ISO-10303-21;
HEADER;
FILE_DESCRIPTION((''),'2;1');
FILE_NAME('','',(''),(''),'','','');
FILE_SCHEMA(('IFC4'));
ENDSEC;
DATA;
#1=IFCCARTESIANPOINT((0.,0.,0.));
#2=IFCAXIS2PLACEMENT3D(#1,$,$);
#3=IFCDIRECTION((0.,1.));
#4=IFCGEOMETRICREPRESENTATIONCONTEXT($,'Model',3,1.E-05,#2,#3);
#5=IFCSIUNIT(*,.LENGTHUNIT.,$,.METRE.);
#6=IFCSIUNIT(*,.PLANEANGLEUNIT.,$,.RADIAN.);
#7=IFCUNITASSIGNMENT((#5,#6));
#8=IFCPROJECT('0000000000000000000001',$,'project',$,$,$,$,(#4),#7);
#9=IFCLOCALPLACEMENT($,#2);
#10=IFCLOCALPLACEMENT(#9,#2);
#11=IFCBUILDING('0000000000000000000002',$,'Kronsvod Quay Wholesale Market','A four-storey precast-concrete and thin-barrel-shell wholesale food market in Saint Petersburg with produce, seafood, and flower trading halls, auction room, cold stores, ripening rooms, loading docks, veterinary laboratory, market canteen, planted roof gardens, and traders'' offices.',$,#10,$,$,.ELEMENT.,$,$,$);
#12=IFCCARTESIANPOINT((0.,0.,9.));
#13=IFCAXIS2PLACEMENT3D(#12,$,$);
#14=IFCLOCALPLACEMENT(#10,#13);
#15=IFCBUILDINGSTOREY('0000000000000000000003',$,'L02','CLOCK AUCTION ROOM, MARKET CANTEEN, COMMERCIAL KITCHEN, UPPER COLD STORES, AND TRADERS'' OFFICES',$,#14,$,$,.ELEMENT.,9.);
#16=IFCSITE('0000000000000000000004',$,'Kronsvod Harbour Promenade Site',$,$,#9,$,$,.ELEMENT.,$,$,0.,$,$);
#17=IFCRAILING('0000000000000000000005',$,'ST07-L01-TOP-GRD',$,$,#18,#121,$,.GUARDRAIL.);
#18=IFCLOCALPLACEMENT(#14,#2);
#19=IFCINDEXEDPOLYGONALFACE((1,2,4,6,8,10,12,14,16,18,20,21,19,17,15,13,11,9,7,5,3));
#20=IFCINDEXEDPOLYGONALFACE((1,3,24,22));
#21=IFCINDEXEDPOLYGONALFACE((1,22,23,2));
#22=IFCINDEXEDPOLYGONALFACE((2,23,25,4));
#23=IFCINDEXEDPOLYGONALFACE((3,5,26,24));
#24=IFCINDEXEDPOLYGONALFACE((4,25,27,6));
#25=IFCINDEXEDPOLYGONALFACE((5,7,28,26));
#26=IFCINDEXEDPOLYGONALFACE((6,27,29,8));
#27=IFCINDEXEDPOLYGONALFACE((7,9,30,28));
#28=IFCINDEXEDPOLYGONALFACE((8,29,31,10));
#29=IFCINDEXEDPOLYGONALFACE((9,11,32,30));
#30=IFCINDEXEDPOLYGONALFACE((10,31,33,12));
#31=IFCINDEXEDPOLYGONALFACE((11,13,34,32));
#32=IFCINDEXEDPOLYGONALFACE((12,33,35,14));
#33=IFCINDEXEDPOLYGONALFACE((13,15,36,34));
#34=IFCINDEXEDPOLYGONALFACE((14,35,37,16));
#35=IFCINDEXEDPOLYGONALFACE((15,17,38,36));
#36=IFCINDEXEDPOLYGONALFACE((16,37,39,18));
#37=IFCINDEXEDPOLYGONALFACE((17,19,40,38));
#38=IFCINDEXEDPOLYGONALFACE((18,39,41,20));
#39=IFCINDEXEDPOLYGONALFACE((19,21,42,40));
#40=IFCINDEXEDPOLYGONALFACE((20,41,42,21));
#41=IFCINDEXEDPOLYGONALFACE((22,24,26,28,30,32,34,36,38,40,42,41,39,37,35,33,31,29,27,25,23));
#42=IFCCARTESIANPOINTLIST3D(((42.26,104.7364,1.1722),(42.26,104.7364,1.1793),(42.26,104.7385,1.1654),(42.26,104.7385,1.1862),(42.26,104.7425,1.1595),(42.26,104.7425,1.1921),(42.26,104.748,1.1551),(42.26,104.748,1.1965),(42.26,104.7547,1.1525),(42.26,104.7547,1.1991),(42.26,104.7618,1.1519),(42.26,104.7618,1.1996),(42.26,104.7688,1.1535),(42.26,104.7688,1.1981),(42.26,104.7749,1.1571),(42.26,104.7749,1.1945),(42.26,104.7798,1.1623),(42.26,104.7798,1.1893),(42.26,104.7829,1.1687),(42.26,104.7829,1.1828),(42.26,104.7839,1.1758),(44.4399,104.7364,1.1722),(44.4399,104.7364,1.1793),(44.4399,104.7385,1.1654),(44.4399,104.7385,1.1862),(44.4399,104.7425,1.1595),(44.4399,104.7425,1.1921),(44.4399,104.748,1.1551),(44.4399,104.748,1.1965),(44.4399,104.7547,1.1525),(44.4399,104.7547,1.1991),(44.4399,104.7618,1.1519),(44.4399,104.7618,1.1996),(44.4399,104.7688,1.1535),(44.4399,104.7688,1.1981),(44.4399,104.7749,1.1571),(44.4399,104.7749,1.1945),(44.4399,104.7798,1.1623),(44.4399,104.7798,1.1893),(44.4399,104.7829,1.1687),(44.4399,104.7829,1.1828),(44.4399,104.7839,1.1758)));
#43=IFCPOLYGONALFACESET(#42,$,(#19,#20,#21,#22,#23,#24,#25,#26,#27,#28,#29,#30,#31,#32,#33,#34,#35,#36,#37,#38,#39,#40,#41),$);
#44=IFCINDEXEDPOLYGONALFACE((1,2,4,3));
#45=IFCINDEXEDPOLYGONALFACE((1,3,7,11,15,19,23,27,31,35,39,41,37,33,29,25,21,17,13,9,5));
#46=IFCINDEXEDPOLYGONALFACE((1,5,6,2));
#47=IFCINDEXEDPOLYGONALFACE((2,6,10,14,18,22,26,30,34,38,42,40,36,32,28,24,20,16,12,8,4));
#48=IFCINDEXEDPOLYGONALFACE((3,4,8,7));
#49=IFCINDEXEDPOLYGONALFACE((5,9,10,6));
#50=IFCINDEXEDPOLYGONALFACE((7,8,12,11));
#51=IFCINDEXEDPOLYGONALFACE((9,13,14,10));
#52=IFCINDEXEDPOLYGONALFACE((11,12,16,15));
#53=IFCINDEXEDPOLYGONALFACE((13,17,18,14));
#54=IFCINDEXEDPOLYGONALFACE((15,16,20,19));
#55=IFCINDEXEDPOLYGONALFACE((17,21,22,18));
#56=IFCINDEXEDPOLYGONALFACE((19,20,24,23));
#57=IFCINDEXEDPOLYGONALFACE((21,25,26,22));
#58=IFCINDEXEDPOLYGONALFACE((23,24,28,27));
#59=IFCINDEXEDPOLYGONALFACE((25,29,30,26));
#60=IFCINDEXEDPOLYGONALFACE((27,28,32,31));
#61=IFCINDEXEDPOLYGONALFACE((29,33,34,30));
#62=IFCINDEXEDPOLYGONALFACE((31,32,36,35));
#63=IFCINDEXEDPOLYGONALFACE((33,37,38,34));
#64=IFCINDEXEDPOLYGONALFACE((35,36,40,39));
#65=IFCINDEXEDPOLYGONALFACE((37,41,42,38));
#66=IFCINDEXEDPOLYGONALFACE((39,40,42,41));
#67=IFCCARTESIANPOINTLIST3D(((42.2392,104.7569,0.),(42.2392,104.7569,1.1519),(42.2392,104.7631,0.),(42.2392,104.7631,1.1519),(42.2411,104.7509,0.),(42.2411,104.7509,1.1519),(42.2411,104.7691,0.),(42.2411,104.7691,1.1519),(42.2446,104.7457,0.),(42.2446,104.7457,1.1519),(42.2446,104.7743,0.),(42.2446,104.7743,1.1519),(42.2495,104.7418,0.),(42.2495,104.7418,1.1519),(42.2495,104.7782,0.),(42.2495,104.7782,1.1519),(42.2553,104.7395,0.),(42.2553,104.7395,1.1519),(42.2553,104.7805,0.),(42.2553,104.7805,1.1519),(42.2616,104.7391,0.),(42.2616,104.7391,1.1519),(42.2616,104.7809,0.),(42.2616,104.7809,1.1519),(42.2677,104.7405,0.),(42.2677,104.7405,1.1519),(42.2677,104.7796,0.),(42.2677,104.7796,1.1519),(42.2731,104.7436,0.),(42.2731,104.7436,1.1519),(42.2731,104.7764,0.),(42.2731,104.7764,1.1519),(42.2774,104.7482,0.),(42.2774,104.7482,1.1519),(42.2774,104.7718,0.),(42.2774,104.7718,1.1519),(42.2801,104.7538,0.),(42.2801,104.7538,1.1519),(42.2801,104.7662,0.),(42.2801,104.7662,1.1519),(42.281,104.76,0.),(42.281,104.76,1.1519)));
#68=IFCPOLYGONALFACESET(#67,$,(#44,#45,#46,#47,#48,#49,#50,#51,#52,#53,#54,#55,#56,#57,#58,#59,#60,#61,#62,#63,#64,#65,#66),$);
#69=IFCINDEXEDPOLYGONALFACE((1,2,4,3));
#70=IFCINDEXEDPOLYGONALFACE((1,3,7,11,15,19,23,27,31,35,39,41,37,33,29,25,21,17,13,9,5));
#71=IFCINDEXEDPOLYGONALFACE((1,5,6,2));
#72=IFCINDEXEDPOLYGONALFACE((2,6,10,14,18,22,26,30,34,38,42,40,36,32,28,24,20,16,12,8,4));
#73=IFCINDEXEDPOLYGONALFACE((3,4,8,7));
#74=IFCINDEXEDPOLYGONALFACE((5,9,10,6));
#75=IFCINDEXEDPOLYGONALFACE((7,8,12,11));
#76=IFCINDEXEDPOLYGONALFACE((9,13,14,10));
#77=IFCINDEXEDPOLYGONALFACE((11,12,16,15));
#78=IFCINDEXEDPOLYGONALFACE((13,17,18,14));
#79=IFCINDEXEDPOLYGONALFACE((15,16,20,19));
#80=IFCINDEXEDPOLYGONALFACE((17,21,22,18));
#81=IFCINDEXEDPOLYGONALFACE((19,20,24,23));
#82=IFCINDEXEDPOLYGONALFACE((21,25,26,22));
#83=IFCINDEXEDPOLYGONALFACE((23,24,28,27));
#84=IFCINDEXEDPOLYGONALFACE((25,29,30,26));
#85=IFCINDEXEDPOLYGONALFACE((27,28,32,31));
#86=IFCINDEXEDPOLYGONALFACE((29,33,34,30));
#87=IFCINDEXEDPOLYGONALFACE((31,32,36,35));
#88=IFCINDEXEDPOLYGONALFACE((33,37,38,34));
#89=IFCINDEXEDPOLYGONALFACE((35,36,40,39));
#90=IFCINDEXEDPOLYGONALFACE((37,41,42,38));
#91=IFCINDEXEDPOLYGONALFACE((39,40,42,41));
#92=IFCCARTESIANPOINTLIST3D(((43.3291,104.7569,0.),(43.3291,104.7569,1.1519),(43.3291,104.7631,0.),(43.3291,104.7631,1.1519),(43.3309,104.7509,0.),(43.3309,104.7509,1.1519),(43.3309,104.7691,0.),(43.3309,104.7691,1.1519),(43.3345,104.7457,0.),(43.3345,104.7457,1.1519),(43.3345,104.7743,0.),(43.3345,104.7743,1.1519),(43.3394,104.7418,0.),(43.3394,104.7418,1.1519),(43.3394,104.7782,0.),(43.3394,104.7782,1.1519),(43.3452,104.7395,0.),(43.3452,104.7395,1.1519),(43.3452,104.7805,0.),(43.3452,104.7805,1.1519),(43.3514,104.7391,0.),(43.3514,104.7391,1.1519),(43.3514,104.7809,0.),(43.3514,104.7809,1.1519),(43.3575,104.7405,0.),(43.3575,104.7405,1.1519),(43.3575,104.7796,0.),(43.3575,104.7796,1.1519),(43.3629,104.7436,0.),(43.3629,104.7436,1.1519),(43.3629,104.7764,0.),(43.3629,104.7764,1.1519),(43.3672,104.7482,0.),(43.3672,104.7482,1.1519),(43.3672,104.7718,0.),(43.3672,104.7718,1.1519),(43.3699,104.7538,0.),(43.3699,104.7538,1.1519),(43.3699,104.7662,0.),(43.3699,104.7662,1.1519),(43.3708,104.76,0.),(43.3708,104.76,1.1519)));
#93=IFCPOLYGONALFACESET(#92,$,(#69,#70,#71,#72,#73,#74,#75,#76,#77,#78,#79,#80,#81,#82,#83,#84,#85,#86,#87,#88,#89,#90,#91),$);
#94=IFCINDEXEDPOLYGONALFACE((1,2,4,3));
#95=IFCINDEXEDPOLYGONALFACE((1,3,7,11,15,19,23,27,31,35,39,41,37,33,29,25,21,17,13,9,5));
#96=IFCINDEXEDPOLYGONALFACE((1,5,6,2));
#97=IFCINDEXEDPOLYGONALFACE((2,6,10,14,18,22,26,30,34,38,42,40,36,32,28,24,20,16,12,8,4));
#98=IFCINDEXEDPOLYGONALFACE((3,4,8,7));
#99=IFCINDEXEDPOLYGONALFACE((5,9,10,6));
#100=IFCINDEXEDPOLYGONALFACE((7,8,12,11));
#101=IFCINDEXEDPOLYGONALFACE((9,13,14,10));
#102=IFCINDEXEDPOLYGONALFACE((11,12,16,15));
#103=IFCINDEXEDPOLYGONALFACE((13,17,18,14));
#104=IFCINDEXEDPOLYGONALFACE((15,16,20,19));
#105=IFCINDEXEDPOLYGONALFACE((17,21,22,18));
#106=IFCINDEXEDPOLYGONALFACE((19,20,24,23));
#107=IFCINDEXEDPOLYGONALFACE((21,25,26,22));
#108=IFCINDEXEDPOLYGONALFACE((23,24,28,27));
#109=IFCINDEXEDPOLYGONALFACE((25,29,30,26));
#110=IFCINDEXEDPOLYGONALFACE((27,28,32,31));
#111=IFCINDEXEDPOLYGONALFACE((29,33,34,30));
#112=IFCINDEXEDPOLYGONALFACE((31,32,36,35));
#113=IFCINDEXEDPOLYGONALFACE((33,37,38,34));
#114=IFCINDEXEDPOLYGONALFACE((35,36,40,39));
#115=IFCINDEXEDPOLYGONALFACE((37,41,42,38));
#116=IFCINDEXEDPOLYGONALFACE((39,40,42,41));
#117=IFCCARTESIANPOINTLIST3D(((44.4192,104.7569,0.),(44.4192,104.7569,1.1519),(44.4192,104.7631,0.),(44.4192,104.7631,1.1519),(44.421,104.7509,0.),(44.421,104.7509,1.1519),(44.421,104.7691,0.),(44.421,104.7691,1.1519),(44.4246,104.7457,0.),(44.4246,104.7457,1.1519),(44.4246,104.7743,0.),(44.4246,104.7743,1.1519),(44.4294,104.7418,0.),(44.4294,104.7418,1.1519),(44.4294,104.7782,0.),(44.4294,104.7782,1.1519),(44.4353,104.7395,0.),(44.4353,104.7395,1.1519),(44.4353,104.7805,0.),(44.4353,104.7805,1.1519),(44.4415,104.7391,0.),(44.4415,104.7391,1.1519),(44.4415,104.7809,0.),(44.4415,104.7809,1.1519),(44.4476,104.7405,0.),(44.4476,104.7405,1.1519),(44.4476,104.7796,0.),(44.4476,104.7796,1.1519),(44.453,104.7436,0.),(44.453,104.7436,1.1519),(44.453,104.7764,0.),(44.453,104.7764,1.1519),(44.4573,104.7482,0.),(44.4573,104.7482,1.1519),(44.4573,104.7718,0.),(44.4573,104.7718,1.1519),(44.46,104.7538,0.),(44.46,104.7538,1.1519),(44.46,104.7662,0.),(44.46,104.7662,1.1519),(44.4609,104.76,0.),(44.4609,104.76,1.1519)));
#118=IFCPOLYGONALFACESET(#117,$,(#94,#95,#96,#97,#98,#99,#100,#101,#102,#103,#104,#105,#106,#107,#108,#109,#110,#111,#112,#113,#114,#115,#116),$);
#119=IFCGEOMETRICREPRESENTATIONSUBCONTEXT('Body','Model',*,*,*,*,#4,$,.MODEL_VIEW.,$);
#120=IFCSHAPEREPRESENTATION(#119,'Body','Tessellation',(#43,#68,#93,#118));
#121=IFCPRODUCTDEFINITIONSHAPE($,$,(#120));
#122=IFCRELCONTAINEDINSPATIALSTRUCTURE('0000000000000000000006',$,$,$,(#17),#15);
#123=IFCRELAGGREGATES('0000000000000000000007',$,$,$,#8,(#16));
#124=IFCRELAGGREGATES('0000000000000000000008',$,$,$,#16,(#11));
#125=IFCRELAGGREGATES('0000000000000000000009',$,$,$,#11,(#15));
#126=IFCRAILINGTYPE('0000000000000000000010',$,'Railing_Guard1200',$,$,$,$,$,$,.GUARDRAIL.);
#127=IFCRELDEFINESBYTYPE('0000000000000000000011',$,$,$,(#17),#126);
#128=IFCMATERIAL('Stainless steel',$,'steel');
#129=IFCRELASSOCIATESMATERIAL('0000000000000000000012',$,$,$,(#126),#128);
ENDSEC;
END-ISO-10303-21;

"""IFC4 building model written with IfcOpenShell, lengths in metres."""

from ifc_helpers import new_model, si_unit, direction, frame, origin, origin_2d, place, context, subcontext, project, spatial, circle, extrude, material, type_object, element, save


model = new_model("IFC4")

# Units and contexts
model_context = context("Model", 3, precision=1e-05, world=origin(), true_north=direction((0.0, 1.0)))
body_context = subcontext(model_context, "Body", "Model", "MODEL_VIEW")
ifc_project = project(units=[si_unit("LENGTHUNIT", "METRE"), si_unit("PLANEANGLEUNIT", "RADIAN")], contexts=[model_context])

# Site, building, storey
site_placement = place(None, origin())
site = spatial("IfcSite", under=ifc_project, at=site_placement, Name="Kronsvod Harbour Promenade Site", CompositionType="ELEMENT", RefElevation=0.0)
building_placement = place(site_placement, origin())
building = spatial("IfcBuilding", under=site, at=building_placement, Name="Kronsvod Quay Wholesale Market", Description="A four-storey precast-concrete and thin-barrel-shell wholesale food market in Saint Petersburg with produce, seafood, and flower trading halls, auction room, cold stores, ripening rooms, loading docks, veterinary laboratory, market canteen, planted roof gardens, and traders' offices.", CompositionType="ELEMENT")
storey_placement = place(building_placement, frame((0.0, 0.0, 9.0)))
storey = spatial("IfcBuildingStorey", under=building, at=storey_placement, Name="L02", Description="CLOCK AUCTION ROOM, MARKET CANTEEN, COMMERCIAL KITCHEN, UPPER COLD STORES, AND TRADERS' OFFICES", CompositionType="ELEMENT", Elevation=9.0)

# Railing
ifc_material_1 = material(Name="Stainless steel", Category="steel")
railing_type = type_object("IfcRailingType", Name="Railing_Guard1200", PredefinedType="GUARDRAIL", material=ifc_material_1)
railing_placement = place(storey_placement, frame((42.26, 104.76, 0.0)))
element("IfcRailing", 1, at=railing_placement, inside=storey, type_object=railing_type, Name="ST07-L01-TOP-GRD", PredefinedType="GUARDRAIL", context=body_context, shape_type="SweptSolid", body=[
    extrude(circle(Radius=0.0239, at=origin_2d()), frame((0.0, 0.0, 1.1758), z_axis=(1.0, 0.0, 0.0), x_axis=(0.0, 1.0, 0.0)), (0.0, 0.0, 1.0), 2.1799),
    extrude(circle(Radius=0.021, at=origin_2d()), origin(), (0.0, 0.0, 1.0), 1.1519),
    extrude(circle(Radius=0.021, at=origin_2d()), frame((1.0898, 0.0, 0.0)), (0.0, 0.0, 1.0), 1.1519),
    extrude(circle(Radius=0.021, at=origin_2d()), frame((2.1799, 0.0, 0.0)), (0.0, 0.0, 1.0), 1.1519),
])

save(model, "model.ifc")
